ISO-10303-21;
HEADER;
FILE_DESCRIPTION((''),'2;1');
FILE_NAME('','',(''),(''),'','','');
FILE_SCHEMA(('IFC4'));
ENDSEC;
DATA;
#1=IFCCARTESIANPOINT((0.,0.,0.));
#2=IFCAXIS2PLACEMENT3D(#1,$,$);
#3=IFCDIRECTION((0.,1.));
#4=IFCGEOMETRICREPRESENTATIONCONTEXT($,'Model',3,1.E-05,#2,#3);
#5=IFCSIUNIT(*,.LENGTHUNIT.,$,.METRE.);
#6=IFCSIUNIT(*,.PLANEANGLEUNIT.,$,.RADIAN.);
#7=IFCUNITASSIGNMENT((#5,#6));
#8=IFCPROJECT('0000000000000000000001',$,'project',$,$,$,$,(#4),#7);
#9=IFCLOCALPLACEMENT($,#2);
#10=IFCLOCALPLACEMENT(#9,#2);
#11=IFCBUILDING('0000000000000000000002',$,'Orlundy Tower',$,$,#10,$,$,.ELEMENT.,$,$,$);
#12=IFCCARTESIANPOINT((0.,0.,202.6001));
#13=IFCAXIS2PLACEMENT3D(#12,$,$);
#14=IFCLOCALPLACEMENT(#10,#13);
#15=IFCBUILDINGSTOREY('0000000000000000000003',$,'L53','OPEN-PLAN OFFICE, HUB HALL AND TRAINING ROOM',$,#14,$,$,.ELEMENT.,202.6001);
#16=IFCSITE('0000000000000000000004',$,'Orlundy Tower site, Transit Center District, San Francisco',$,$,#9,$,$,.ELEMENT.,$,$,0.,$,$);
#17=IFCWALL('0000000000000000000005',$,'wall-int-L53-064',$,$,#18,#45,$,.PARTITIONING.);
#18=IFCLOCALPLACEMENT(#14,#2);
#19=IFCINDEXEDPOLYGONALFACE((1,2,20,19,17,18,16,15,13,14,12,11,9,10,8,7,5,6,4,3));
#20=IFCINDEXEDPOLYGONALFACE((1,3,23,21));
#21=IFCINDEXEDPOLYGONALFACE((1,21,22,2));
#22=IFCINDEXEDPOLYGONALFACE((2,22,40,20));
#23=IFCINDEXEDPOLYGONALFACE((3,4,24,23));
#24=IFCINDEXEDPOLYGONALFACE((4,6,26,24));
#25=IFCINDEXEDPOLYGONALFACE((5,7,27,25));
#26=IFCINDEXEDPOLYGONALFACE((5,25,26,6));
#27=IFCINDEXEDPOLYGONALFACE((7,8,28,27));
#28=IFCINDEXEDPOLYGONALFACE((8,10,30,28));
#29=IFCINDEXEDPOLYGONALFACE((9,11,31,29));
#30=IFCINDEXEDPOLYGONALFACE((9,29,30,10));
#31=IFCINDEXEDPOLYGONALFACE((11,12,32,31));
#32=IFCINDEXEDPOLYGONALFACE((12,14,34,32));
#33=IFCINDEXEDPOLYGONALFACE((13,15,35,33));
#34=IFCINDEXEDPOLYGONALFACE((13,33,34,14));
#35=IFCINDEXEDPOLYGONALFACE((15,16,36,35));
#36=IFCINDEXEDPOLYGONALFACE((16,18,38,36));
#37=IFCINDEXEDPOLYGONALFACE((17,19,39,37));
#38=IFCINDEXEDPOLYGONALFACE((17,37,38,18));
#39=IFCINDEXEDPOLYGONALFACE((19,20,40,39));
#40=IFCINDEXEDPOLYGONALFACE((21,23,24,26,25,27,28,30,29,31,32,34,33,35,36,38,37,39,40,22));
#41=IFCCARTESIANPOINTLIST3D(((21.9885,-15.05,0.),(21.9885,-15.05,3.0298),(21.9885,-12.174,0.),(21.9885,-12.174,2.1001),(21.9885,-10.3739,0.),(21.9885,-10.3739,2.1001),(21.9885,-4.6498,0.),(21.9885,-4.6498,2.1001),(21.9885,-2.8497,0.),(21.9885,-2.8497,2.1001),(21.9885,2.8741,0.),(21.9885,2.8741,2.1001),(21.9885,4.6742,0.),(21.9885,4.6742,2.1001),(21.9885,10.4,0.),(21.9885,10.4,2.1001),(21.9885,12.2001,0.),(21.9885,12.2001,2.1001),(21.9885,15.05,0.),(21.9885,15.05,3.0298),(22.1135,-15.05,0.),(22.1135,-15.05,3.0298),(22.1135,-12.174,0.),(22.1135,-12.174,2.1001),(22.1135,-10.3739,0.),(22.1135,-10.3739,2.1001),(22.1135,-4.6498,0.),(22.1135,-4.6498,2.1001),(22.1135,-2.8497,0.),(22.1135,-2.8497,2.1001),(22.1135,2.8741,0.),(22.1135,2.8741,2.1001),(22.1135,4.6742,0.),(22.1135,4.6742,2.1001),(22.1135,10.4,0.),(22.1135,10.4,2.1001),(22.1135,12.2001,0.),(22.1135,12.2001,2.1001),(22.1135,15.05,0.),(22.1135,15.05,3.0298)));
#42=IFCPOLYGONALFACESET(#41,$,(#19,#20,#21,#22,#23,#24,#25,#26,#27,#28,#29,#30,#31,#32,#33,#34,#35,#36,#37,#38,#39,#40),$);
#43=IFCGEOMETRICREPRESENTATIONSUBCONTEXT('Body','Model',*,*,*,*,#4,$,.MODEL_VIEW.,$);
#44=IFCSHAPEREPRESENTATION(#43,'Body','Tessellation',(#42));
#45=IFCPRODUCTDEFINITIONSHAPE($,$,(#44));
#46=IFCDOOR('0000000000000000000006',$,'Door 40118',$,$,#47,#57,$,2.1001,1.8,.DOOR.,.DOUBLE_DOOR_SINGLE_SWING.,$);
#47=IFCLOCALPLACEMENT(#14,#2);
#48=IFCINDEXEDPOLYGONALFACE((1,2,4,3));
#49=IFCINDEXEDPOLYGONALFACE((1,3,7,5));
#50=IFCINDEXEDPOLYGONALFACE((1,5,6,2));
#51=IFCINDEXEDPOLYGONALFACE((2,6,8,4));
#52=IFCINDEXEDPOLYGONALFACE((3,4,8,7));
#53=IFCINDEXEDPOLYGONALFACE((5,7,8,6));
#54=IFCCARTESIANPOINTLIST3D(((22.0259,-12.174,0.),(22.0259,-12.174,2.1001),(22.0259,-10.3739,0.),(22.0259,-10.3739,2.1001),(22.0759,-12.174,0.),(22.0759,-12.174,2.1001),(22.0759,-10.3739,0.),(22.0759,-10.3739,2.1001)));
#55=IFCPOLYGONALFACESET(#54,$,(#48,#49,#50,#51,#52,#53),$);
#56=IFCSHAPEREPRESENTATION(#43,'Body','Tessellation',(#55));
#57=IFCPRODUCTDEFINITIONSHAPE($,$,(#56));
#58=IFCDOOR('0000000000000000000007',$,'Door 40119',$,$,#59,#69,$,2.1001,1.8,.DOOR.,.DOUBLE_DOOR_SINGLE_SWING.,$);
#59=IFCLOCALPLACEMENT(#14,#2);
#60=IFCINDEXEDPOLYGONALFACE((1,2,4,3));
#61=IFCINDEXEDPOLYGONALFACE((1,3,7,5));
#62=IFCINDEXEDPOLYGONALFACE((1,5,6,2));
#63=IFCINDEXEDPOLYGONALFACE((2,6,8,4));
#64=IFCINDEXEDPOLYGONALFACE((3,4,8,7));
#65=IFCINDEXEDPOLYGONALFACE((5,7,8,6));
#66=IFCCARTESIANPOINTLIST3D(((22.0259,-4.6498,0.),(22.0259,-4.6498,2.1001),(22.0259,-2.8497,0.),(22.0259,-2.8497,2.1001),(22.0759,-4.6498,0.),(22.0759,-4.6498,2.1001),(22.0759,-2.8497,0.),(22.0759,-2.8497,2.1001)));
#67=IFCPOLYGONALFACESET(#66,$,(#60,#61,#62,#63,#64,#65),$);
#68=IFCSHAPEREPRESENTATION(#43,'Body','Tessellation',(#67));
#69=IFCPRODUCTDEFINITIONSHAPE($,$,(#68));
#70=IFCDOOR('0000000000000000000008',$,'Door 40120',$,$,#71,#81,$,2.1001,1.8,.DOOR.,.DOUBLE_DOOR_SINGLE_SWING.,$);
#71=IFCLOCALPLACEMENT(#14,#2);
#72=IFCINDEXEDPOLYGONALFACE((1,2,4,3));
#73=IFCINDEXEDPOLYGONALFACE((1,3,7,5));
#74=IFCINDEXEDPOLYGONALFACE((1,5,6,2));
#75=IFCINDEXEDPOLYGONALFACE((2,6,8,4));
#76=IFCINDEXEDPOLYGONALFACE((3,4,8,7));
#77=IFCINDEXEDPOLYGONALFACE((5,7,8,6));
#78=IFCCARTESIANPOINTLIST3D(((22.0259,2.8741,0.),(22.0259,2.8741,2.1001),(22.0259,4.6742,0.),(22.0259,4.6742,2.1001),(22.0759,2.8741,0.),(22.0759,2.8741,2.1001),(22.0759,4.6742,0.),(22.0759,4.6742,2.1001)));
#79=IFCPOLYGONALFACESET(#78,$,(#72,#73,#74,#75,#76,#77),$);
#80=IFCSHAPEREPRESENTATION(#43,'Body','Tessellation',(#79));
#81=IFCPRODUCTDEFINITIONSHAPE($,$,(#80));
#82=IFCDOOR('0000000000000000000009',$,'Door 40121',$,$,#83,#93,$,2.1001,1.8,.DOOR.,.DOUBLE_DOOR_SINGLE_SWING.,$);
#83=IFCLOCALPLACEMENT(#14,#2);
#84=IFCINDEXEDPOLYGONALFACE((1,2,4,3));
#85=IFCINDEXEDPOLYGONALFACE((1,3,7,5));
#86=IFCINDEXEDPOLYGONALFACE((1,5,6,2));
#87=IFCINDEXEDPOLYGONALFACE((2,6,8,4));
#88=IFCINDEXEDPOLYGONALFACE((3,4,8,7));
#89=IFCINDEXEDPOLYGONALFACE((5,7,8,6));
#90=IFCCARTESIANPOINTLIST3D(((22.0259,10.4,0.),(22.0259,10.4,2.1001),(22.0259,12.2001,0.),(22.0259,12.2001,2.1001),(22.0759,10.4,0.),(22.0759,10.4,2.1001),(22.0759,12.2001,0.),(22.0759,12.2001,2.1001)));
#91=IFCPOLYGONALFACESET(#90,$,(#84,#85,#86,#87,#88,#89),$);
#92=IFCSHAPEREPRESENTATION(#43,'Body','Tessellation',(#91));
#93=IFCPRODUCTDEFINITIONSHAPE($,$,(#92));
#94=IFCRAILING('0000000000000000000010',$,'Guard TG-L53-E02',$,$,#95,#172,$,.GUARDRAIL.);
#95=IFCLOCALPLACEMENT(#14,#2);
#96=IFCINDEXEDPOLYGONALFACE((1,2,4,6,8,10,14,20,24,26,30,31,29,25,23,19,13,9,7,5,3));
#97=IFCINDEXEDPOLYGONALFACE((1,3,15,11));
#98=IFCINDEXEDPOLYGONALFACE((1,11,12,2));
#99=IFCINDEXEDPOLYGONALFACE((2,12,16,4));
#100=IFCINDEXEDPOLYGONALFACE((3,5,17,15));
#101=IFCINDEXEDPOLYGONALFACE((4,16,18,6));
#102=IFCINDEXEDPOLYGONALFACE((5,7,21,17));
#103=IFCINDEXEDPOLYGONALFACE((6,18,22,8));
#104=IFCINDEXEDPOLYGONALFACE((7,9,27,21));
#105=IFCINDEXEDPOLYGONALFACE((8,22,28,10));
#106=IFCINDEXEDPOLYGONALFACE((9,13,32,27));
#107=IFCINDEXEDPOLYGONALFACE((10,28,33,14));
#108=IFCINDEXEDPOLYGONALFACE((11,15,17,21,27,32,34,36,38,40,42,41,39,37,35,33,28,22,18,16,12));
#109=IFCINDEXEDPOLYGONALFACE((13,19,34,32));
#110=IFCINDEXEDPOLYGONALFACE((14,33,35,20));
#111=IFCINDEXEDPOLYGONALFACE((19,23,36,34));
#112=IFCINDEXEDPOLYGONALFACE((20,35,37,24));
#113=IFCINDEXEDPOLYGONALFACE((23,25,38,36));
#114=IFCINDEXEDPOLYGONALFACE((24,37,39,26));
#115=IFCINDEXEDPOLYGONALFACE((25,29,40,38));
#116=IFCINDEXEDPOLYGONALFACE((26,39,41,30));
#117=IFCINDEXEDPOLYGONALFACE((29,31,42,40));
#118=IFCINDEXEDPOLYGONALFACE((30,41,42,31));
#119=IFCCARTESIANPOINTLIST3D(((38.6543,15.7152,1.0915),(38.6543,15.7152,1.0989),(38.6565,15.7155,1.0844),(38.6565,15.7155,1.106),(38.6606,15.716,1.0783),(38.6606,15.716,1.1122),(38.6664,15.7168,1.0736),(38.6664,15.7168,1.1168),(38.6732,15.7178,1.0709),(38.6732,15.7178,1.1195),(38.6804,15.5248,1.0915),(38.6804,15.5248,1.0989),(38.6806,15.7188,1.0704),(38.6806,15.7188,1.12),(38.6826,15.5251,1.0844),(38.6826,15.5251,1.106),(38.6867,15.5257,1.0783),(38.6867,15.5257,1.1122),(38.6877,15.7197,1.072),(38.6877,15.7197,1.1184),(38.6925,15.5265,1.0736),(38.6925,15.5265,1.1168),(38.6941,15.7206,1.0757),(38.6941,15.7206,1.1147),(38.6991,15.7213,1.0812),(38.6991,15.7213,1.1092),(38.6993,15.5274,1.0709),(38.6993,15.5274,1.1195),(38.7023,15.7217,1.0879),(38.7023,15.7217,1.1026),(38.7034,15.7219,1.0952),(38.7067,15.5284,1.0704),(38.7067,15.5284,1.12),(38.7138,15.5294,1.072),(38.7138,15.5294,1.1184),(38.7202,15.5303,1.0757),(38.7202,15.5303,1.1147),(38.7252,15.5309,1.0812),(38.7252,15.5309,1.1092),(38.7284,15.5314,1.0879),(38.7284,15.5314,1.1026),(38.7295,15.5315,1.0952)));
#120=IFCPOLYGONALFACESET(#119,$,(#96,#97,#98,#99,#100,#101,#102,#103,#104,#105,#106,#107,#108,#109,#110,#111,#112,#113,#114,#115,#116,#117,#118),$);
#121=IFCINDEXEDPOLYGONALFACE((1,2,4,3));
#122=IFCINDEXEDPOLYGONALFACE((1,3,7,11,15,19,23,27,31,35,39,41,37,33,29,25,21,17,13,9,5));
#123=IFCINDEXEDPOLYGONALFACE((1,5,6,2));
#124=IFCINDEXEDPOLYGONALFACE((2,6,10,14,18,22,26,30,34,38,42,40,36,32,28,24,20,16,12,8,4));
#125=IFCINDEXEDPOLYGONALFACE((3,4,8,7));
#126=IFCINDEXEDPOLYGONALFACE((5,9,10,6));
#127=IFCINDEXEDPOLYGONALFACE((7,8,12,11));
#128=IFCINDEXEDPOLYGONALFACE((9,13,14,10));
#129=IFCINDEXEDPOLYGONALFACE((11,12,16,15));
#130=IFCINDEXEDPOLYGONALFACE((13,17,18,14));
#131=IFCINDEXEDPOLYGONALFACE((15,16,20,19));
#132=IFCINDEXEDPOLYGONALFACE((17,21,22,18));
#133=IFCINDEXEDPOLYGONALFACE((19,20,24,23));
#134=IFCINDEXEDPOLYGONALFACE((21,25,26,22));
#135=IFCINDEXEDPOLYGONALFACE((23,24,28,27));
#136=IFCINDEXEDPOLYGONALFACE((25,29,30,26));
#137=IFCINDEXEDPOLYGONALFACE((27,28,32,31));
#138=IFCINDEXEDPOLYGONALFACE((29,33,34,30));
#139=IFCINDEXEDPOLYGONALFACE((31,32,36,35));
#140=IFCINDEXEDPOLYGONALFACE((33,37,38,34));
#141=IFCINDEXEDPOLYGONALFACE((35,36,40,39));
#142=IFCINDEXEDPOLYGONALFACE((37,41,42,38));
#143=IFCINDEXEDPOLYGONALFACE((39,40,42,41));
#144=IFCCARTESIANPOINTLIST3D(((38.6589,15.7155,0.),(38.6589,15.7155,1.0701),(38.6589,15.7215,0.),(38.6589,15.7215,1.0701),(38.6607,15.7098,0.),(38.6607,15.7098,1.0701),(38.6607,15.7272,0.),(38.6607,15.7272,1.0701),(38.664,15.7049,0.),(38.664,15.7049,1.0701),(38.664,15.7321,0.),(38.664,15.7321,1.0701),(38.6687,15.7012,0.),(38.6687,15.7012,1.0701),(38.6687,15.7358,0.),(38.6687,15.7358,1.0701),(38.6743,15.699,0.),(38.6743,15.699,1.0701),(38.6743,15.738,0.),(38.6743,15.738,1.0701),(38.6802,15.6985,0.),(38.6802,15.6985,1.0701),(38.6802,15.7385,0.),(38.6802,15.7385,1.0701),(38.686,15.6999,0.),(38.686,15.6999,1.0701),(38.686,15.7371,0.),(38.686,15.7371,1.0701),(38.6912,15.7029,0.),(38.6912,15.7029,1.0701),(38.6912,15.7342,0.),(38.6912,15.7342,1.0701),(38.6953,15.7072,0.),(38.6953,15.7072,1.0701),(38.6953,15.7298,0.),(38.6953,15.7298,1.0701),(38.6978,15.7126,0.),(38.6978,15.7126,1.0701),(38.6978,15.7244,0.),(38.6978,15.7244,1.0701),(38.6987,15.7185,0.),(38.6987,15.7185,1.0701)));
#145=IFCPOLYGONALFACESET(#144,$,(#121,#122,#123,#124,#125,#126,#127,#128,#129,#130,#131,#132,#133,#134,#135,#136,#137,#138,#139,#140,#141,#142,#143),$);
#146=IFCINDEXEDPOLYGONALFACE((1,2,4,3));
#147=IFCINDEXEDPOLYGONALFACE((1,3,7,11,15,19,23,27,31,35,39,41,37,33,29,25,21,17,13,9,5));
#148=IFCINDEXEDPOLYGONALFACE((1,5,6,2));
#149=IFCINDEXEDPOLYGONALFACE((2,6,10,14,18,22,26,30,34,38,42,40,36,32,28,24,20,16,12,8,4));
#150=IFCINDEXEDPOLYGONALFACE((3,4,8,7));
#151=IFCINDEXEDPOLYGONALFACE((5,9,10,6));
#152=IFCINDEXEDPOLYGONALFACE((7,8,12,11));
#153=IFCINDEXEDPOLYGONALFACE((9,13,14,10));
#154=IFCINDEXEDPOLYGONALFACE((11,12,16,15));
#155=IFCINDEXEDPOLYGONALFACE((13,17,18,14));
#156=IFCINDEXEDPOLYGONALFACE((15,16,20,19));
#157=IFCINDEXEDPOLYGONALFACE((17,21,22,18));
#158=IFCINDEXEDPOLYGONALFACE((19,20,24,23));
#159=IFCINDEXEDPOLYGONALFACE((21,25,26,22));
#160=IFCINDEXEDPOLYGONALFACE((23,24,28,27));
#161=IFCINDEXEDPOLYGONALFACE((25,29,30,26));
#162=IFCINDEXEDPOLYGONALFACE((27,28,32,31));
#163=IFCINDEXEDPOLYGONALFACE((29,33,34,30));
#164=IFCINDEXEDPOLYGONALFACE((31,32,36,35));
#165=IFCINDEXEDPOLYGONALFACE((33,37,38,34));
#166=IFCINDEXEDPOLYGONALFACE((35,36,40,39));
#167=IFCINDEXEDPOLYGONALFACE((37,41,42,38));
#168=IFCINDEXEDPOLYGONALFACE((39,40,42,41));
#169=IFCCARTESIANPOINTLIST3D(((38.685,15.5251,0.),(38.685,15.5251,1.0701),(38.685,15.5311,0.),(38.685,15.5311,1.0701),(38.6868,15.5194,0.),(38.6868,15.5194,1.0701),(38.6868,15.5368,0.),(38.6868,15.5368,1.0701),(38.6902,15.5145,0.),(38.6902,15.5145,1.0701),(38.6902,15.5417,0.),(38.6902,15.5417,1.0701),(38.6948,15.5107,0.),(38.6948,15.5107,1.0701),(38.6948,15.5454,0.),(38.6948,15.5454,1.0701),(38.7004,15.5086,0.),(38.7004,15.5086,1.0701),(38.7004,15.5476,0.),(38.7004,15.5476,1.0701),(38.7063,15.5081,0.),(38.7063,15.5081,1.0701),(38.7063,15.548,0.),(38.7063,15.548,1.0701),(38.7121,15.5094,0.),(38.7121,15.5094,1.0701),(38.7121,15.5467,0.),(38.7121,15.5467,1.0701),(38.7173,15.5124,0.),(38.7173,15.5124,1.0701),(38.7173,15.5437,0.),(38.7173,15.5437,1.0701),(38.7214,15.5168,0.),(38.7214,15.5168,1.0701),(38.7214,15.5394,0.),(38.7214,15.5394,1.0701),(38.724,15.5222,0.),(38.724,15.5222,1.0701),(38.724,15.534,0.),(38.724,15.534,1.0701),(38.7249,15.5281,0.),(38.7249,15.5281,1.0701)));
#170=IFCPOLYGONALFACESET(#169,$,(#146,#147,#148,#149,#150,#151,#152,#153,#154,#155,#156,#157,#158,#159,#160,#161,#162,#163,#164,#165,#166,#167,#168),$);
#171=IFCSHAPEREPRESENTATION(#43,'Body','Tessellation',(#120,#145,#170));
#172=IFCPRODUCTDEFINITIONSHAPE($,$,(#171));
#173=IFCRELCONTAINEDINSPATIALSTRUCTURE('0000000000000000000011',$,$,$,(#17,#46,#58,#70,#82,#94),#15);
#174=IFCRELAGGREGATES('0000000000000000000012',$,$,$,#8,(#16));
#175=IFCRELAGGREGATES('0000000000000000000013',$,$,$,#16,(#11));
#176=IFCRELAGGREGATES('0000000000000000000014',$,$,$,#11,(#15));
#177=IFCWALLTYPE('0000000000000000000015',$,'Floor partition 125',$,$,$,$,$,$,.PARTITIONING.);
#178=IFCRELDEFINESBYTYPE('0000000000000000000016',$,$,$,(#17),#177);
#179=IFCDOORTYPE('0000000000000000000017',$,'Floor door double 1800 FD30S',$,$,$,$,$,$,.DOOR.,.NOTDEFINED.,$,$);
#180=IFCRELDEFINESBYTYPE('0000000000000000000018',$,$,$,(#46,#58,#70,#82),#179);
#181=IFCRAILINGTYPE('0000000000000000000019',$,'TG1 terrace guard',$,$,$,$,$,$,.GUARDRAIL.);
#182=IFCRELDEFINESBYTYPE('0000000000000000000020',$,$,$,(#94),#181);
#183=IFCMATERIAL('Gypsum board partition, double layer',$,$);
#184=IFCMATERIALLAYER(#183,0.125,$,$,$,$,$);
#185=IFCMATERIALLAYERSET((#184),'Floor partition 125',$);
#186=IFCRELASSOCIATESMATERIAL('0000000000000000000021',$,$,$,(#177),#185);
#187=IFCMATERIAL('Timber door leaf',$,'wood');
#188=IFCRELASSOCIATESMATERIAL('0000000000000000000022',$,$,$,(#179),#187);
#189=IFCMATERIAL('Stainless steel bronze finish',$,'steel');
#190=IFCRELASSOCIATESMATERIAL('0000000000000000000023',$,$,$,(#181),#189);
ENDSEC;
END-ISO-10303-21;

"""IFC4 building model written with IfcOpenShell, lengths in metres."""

from ifc_helpers import new_model, si_unit, direction, frame, frame_2d, origin, origin_2d, place, context, subcontext, project, spatial, rectangle, circle, extrude, material, layer, layer_set, type_object, element, fill, save


model = new_model("IFC4")

# Units and contexts
model_context = context("Model", 3, precision=1e-05, world=origin(), true_north=direction((0.0, 1.0)))
body_context = subcontext(model_context, "Body", "Model", "MODEL_VIEW")
ifc_project = project(units=[si_unit("LENGTHUNIT", "METRE"), si_unit("PLANEANGLEUNIT", "RADIAN")], contexts=[model_context])

# Site, building, storey
site_placement = place(None, origin())
site = spatial("IfcSite", under=ifc_project, at=site_placement, Name="Orlundy Tower site, Transit Center District, San Francisco", CompositionType="ELEMENT", RefElevation=0.0)
building_placement = place(site_placement, origin())
building = spatial("IfcBuilding", under=site, at=building_placement, Name="Orlundy Tower", CompositionType="ELEMENT")
storey_placement = place(building_placement, frame((0.0, 0.0, 202.6001)))
storey = spatial("IfcBuildingStorey", under=building, at=storey_placement, Name="L53", Description="OPEN-PLAN OFFICE, HUB HALL AND TRAINING ROOM", CompositionType="ELEMENT", Elevation=202.6001)

# Wall, openings, doors
ifc_material_1 = material(Name="Gypsum board partition, double layer")
ifc_layer_1 = layer(ifc_material_1, 0.125)
ifc_layer_set_1 = layer_set([ifc_layer_1], Name="Floor partition 125")
wall_type = type_object("IfcWallType", Name="Floor partition 125", PredefinedType="PARTITIONING", material=ifc_layer_set_1)
wall_placement = place(storey_placement, frame((22.051, 15.05, 0.0), z_axis=(0.0, 0.0, 1.0), x_axis=(0.0, -1.0, 0.0)))
wall = element("IfcWall", 1, at=wall_placement, inside=storey, type_object=wall_type, Name="wall-int-L53-064", PredefinedType="PARTITIONING", context=body_context, shape_type="SweptSolid", body=[
    extrude(rectangle(XDim=30.1001, YDim=0.125, at=frame_2d((15.05, 0.0))), origin(), (0.0, 0.0, 1.0), 3.0298),
])
opening_1_placement = place(wall_placement, frame((25.4241, 0.0, 0.0)))
opening_1 = element("IfcOpeningElement", 2, at=opening_1_placement, cuts=wall, PredefinedType="OPENING", context=body_context, shape_type="SweptSolid", body=[
    extrude(rectangle(XDim=1.8, YDim=2.1001, at=frame_2d((0.8999, 1.05))), frame((0.0, 0.0725, 0.0), z_axis=(0.0, -1.0, 0.0), x_axis=(1.0, 0.0, 0.0)), (0.0, 0.0, 1.0), 0.145),
])
opening_2_placement = place(wall_placement, frame((17.8999, 0.0, 0.0)))
opening_2 = element("IfcOpeningElement", 3, at=opening_2_placement, cuts=wall, PredefinedType="OPENING", context=body_context, shape_type="SweptSolid", body=[
    extrude(rectangle(XDim=1.8, YDim=2.1001, at=frame_2d((0.8999, 1.05))), frame((0.0, 0.0725, 0.0), z_axis=(0.0, -1.0, 0.0), x_axis=(1.0, 0.0, 0.0)), (0.0, 0.0, 1.0), 0.145),
])
opening_3_placement = place(wall_placement, frame((10.376, 0.0, 0.0)))
opening_3 = element("IfcOpeningElement", 4, at=opening_3_placement, cuts=wall, PredefinedType="OPENING", context=body_context, shape_type="SweptSolid", body=[
    extrude(rectangle(XDim=1.8, YDim=2.1001, at=frame_2d((0.8999, 1.05))), frame((0.0, 0.0725, 0.0), z_axis=(0.0, -1.0, 0.0), x_axis=(1.0, 0.0, 0.0)), (0.0, 0.0, 1.0), 0.145),
])
opening_4_placement = place(wall_placement, frame((2.8501, 0.0, 0.0)))
opening_4 = element("IfcOpeningElement", 5, at=opening_4_placement, cuts=wall, PredefinedType="OPENING", context=body_context, shape_type="SweptSolid", body=[
    extrude(rectangle(XDim=1.8, YDim=2.1001, at=frame_2d((0.8999, 1.05))), frame((0.0, 0.0725, 0.0), z_axis=(0.0, -1.0, 0.0), x_axis=(1.0, 0.0, 0.0)), (0.0, 0.0, 1.0), 0.145),
])
ifc_material_2 = material(Name="Timber door leaf", Category="wood")
door_type = type_object("IfcDoorType", Name="Floor door double 1800 FD30S", OperationType="NOTDEFINED", PredefinedType="DOOR", material=ifc_material_2)
door_1_placement = place(opening_1_placement, origin())
door_1 = element("IfcDoor", 6, at=door_1_placement, inside=storey, type_object=door_type, Name="Door 40118", OperationType="DOUBLE_DOOR_SINGLE_SWING", OverallHeight=2.1001, OverallWidth=1.8, PredefinedType="DOOR", context=body_context, shape_type="SweptSolid", body=[
    extrude(rectangle(XDim=1.8, YDim=2.1001, at=frame_2d((0.8999, 1.05))), frame((0.0, 0.0249, 0.0), z_axis=(0.0, -1.0, 0.0), x_axis=(1.0, 0.0, 0.0)), (0.0, 0.0, 1.0), 0.05),
])
fill(opening_1, door_1)
door_2_placement = place(opening_2_placement, origin())
door_2 = element("IfcDoor", 7, at=door_2_placement, inside=storey, type_object=door_type, Name="Door 40119", OperationType="DOUBLE_DOOR_SINGLE_SWING", OverallHeight=2.1001, OverallWidth=1.8, PredefinedType="DOOR", context=body_context, shape_type="SweptSolid", body=[
    extrude(rectangle(XDim=1.8, YDim=2.1001, at=frame_2d((0.8999, 1.05))), frame((0.0, 0.0249, 0.0), z_axis=(0.0, -1.0, 0.0), x_axis=(1.0, 0.0, 0.0)), (0.0, 0.0, 1.0), 0.05),
])
fill(opening_2, door_2)
door_3_placement = place(opening_3_placement, origin())
door_3 = element("IfcDoor", 8, at=door_3_placement, inside=storey, type_object=door_type, Name="Door 40120", OperationType="DOUBLE_DOOR_SINGLE_SWING", OverallHeight=2.1001, OverallWidth=1.8, PredefinedType="DOOR", context=body_context, shape_type="SweptSolid", body=[
    extrude(rectangle(XDim=1.8, YDim=2.1001, at=frame_2d((0.8999, 1.05))), frame((0.0, 0.0249, 0.0), z_axis=(0.0, -1.0, 0.0), x_axis=(1.0, 0.0, 0.0)), (0.0, 0.0, 1.0), 0.05),
])
fill(opening_3, door_3)
door_4_placement = place(opening_4_placement, origin())
door_4 = element("IfcDoor", 9, at=door_4_placement, inside=storey, type_object=door_type, Name="Door 40121", OperationType="DOUBLE_DOOR_SINGLE_SWING", OverallHeight=2.1001, OverallWidth=1.8, PredefinedType="DOOR", context=body_context, shape_type="SweptSolid", body=[
    extrude(rectangle(XDim=1.8, YDim=2.1001, at=frame_2d((0.8999, 1.05))), frame((0.0, 0.0249, 0.0), z_axis=(0.0, -1.0, 0.0), x_axis=(1.0, 0.0, 0.0)), (0.0, 0.0, 1.0), 0.05),
])
fill(opening_4, door_4)

# Railing
ifc_material_3 = material(Name="Stainless steel bronze finish", Category="steel")
railing_type = type_object("IfcRailingType", Name="TG1 terrace guard", PredefinedType="GUARDRAIL", material=ifc_material_3)
railing_placement = place(storey_placement, frame((38.6787, 15.7185, 0.0)))
element("IfcRailing", 10, at=railing_placement, inside=storey, type_object=railing_type, Name="Guard TG-L53-E02", PredefinedType="GUARDRAIL", context=body_context, shape_type="SweptSolid", body=[
    extrude(circle(Radius=0.0249, at=origin_2d()), frame((0.0, 0.0, 1.0952), z_axis=(0.135907, -0.990722, 0.0), x_axis=(0.990722, 0.135907, 0.0)), (0.0, 0.0, 1.0), 0.1921),
    extrude(circle(Radius=0.02, at=origin_2d()), origin(), (0.0, 0.0, 1.0), 1.0701),
    extrude(circle(Radius=0.02, at=origin_2d()), frame((0.0261, -0.1904, 0.0)), (0.0, 0.0, 1.0), 1.0701),
])

save(model, "model.ifc")
